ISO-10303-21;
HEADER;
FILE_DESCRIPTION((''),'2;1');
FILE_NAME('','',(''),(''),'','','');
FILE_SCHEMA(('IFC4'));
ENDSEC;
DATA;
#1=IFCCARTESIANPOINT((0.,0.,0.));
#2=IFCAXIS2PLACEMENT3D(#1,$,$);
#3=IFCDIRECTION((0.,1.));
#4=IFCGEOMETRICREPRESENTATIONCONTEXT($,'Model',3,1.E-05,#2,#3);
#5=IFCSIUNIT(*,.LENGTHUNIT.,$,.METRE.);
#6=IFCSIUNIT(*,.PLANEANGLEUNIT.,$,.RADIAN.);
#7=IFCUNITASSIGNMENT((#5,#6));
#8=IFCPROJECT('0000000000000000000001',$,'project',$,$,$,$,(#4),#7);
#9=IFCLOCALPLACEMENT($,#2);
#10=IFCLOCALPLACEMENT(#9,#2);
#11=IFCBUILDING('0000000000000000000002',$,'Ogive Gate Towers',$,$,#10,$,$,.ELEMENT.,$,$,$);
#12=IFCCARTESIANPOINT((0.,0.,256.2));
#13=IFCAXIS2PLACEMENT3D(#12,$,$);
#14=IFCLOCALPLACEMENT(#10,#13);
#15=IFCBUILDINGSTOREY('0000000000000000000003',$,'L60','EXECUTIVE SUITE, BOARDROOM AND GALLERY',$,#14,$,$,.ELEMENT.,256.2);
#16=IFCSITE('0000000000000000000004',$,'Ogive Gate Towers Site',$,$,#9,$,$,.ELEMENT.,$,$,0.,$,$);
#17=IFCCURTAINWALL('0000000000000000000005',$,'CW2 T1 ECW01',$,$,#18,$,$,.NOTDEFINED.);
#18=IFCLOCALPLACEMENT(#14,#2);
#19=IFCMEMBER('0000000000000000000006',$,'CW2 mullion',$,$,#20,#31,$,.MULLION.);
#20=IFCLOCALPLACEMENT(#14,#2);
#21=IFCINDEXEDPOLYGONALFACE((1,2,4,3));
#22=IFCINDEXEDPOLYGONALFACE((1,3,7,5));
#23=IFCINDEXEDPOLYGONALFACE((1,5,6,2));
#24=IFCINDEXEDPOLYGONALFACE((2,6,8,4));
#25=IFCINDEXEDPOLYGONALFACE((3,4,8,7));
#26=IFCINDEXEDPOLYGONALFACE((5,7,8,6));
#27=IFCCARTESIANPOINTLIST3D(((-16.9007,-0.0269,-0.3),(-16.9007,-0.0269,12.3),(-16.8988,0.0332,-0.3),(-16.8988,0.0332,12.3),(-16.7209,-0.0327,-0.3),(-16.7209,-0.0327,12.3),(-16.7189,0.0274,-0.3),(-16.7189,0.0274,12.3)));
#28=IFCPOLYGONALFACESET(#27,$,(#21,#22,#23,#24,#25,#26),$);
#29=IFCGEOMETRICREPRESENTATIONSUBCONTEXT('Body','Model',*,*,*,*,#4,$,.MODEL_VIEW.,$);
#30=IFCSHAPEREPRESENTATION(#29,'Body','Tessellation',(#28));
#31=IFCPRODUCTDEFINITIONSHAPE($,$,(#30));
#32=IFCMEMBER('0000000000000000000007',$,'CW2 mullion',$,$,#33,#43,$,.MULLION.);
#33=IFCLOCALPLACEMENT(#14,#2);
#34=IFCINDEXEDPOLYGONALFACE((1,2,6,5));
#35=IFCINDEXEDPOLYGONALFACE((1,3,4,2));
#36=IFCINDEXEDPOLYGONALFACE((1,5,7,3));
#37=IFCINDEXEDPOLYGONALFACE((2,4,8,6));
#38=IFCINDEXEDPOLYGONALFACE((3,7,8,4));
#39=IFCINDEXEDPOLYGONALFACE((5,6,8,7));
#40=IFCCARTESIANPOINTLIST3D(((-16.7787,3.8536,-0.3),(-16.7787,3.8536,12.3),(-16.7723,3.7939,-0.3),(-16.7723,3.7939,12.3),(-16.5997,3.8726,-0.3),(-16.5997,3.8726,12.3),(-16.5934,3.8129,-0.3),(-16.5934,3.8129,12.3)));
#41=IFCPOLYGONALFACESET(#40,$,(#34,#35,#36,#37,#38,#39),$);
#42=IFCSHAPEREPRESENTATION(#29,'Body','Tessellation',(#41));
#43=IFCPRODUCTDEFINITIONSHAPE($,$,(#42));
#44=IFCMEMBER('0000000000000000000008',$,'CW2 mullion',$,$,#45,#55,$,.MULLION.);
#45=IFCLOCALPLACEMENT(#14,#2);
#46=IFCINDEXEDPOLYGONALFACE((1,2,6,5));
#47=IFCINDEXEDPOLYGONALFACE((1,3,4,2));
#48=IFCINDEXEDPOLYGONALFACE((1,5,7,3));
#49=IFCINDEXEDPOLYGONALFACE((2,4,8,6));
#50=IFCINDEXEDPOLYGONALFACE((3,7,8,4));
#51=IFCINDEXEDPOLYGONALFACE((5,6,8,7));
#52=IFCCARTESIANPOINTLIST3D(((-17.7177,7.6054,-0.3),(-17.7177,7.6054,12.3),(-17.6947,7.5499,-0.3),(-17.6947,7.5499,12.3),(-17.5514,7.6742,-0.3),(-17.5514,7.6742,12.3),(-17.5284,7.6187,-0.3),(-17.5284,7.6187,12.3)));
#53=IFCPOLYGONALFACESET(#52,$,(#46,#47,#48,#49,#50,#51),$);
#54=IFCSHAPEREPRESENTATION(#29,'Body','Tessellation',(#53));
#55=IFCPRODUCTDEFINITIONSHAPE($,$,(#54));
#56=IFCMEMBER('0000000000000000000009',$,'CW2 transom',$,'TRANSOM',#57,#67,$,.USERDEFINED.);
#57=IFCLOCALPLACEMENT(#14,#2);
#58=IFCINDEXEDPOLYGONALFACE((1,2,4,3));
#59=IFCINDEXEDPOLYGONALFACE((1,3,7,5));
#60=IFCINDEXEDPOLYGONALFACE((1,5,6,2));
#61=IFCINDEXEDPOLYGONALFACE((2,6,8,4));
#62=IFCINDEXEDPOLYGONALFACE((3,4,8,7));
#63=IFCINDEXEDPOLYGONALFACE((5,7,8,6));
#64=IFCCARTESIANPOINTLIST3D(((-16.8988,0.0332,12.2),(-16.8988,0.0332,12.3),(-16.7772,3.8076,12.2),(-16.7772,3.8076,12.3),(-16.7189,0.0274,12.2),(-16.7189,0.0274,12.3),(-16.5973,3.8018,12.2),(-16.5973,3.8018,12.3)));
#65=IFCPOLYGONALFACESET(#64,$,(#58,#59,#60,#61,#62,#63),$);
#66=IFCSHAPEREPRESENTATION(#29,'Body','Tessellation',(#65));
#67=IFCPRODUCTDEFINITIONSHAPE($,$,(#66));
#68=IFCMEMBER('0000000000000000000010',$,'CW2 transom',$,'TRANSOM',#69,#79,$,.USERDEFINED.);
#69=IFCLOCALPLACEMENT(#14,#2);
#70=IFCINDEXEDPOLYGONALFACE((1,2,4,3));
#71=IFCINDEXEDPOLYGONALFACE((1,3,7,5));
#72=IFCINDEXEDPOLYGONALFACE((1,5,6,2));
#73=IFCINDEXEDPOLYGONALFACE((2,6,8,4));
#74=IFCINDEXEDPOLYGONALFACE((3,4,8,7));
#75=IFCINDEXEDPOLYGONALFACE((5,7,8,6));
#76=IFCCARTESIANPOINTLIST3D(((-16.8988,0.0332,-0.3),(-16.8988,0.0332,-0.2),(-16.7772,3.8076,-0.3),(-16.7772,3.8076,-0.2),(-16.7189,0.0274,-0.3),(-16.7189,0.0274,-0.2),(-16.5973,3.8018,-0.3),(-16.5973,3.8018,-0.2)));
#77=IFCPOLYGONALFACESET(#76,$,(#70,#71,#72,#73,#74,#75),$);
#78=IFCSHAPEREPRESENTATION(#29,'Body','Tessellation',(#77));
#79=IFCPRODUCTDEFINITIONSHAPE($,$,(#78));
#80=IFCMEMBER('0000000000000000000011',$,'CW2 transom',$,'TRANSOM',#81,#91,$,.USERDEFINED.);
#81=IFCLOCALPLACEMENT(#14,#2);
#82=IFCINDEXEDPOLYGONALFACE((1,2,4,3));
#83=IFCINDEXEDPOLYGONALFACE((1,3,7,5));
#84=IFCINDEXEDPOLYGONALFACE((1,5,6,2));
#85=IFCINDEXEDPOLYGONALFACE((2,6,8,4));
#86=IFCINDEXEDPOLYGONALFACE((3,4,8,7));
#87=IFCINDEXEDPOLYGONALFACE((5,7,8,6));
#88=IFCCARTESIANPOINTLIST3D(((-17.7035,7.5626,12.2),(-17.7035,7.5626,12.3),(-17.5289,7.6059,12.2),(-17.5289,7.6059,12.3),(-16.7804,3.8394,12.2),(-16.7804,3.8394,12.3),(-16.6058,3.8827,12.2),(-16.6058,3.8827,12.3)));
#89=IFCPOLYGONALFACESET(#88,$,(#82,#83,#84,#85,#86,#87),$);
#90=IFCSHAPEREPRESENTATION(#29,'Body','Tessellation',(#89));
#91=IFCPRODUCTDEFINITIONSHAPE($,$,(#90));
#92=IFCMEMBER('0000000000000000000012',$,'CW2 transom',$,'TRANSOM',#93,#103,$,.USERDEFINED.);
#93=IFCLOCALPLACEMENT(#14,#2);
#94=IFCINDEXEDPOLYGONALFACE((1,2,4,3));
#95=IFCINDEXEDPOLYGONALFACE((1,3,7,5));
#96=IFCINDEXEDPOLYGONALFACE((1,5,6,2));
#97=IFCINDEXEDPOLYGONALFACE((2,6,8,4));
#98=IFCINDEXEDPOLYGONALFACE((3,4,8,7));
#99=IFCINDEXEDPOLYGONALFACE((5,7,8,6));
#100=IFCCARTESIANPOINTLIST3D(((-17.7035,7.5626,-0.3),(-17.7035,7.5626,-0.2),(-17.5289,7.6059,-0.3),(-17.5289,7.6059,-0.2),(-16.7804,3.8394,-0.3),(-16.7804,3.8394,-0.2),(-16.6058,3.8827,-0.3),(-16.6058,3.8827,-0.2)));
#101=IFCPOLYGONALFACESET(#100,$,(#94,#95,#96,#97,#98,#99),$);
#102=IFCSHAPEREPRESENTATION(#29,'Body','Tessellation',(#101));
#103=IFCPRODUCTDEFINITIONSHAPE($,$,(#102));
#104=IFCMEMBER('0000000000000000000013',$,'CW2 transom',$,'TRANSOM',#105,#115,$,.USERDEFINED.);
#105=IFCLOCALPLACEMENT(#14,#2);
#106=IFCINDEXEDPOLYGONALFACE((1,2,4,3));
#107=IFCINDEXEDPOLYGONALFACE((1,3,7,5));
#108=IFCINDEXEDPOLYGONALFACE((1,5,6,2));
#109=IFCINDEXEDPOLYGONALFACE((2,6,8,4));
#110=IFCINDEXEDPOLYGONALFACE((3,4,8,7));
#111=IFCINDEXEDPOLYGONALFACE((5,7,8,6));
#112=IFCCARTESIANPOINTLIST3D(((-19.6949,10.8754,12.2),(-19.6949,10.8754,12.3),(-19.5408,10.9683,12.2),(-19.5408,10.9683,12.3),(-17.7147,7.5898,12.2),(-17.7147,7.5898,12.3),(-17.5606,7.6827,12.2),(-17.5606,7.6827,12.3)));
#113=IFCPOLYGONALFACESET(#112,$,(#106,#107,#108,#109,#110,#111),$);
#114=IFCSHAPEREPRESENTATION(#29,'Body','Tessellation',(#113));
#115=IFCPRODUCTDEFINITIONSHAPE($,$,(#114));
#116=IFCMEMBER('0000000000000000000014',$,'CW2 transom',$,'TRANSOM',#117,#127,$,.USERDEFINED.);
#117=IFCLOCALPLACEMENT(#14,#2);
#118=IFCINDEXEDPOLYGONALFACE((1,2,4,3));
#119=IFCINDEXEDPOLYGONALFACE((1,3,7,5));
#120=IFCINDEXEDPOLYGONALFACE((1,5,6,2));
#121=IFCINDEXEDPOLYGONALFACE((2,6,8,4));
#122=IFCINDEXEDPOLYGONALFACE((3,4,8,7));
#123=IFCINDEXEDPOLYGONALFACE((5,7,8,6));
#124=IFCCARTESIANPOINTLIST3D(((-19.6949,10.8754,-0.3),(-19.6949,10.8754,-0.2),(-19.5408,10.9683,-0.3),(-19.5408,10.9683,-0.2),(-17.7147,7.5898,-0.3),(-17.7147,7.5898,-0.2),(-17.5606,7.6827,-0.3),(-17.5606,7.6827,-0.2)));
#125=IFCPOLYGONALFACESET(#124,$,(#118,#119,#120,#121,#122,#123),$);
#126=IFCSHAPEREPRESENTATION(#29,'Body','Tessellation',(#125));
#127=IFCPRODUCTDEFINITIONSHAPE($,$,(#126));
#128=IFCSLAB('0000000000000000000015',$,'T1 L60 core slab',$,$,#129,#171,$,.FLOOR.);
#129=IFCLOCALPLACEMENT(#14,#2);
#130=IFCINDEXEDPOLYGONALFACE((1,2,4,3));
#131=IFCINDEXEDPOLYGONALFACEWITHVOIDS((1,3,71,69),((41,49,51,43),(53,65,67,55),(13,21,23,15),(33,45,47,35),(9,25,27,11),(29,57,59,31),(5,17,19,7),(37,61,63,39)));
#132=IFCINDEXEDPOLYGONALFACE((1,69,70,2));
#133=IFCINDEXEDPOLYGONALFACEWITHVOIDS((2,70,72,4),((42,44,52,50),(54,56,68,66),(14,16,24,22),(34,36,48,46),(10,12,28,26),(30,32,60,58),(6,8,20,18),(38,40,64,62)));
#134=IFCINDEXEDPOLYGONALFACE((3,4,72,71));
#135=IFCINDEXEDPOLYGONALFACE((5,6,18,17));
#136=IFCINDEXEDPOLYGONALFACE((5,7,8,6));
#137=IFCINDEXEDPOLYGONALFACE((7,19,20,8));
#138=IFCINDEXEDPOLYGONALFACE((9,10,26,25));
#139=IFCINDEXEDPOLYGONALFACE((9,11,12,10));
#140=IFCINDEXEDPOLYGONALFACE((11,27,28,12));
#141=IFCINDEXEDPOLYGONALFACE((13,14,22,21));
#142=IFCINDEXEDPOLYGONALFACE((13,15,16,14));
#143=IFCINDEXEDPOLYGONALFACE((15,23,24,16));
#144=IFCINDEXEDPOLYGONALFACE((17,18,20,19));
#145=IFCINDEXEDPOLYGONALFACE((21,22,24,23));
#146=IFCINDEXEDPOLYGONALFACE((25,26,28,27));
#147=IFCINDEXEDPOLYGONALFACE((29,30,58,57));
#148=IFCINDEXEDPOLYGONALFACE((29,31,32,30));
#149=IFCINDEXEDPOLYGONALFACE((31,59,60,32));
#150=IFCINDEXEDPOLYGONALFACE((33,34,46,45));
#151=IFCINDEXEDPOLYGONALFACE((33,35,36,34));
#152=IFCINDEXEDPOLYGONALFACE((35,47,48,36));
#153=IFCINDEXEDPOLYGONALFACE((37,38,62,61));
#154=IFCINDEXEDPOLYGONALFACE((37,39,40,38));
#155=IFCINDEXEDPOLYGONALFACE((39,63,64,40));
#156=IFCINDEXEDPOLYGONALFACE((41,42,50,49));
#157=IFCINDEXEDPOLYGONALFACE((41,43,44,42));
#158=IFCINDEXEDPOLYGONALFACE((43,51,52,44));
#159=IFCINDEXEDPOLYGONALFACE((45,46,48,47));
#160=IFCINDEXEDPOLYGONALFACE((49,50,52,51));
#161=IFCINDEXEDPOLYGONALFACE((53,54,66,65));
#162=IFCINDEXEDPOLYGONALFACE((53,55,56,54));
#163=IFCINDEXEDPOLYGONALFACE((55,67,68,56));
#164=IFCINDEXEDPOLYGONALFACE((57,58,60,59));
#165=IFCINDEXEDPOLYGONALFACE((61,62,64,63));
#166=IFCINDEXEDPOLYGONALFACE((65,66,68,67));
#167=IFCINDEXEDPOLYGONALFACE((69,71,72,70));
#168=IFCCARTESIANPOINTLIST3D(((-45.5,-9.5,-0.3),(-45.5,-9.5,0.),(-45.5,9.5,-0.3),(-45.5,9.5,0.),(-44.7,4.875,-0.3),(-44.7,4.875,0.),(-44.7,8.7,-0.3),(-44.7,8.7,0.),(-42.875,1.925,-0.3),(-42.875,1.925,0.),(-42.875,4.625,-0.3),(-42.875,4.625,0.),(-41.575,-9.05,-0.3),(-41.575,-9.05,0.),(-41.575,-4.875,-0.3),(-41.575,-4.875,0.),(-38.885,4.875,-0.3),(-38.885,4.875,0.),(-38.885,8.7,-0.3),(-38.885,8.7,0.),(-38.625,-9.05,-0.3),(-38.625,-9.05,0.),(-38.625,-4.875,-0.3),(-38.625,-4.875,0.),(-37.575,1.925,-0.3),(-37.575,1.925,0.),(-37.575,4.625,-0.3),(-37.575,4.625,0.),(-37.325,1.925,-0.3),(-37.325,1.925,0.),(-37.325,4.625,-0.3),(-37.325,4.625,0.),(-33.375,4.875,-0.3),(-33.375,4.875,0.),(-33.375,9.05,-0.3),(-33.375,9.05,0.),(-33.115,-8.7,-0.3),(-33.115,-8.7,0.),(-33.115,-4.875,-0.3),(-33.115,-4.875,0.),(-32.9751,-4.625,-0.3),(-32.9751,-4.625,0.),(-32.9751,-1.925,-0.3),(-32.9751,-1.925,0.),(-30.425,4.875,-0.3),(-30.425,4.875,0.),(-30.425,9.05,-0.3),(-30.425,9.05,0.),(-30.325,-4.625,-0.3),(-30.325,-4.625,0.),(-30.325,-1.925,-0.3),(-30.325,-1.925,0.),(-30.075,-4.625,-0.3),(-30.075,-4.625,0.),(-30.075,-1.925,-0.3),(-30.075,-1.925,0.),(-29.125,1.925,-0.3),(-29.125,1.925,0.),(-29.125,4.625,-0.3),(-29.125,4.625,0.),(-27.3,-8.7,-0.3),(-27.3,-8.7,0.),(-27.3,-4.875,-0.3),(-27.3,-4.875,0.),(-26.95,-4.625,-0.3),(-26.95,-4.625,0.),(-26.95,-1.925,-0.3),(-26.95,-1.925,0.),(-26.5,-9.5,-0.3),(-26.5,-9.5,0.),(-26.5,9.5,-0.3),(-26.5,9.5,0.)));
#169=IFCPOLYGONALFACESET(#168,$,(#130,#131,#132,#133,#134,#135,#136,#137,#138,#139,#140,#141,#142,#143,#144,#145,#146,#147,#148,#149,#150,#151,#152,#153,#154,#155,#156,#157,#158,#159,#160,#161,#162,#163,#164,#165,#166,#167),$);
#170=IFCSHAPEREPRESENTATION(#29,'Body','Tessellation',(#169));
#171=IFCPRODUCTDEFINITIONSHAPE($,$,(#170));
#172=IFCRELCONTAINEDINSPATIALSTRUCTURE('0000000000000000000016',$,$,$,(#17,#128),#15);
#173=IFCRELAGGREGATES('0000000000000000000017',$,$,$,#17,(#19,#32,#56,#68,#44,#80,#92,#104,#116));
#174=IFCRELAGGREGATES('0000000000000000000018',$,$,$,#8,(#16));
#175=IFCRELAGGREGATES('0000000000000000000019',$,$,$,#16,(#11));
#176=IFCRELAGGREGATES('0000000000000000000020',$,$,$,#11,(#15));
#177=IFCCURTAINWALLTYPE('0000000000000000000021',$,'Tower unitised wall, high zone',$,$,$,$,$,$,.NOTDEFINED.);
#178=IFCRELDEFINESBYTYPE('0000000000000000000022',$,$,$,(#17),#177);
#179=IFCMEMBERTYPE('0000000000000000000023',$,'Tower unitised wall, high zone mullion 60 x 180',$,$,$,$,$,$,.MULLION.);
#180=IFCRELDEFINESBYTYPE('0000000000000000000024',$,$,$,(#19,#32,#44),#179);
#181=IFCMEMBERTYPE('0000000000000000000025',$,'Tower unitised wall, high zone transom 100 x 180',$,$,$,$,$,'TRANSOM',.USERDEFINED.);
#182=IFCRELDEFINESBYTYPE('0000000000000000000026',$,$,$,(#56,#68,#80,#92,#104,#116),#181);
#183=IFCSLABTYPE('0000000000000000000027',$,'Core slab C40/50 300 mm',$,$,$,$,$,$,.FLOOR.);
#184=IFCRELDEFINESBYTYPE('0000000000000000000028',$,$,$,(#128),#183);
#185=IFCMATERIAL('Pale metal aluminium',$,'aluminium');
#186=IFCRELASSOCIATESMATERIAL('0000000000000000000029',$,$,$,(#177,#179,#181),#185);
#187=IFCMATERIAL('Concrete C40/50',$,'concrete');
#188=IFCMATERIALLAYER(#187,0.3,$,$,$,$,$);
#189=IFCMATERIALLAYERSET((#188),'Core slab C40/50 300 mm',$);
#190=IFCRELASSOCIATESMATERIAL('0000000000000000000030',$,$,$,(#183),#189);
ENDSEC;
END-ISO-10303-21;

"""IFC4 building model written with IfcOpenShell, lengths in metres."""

from ifc_helpers import new_model, si_unit, direction, frame, origin, origin_2d, place, context, subcontext, project, spatial, polyline, rectangle, outline, extrude, material, layer, layer_set, material_profile, profile_set, type_object, element, aggregate, save


model = new_model("IFC4")

# Units and contexts
model_context = context("Model", 3, precision=1e-05, world=origin(), true_north=direction((0.0, 1.0)))
body_context = subcontext(model_context, "Body", "Model", "MODEL_VIEW")
ifc_project = project(units=[si_unit("LENGTHUNIT", "METRE"), si_unit("PLANEANGLEUNIT", "RADIAN")], contexts=[model_context])

# Site, building, storey
site_placement = place(None, origin())
site = spatial("IfcSite", under=ifc_project, at=site_placement, Name="Ogive Gate Towers Site", CompositionType="ELEMENT", RefElevation=0.0)
building_placement = place(site_placement, origin())
building = spatial("IfcBuilding", under=site, at=building_placement, Name="Ogive Gate Towers", CompositionType="ELEMENT")
storey_placement = place(building_placement, frame((0.0, 0.0, 256.2)))
storey = spatial("IfcBuildingStorey", under=building, at=storey_placement, Name="L60", Description="EXECUTIVE SUITE, BOARDROOM AND GALLERY", CompositionType="ELEMENT", Elevation=256.2)

# Curtain wall, members
ifc_material_1 = material(Name="Pale metal aluminium", Category="aluminium")
curtain_wall_type = type_object("IfcCurtainWallType", Name="Tower unitised wall, high zone", PredefinedType="NOTDEFINED", material=ifc_material_1)
curtain_wall_placement = place(storey_placement, origin())
curtain_wall = element("IfcCurtainWall", 1, at=curtain_wall_placement, inside=storey, type_object=curtain_wall_type, Name="CW2 T1 ECW01", PredefinedType="NOTDEFINED")
ifc_material_profile_1 = material_profile(ifc_material_1, rectangle(XDim=0.1799, YDim=0.0601, at=origin_2d()), Name="60 x 180 aluminium box")
ifc_profile_set_1 = profile_set([ifc_material_profile_1], Name="Pale metal aluminium")
member_type_1 = type_object("IfcMemberType", Name="Tower unitised wall, high zone mullion 60 x 180", PredefinedType="MULLION", material=ifc_profile_set_1)
member_1_placement = place(storey_placement, frame((-16.8098, 0.0002, -0.3), z_axis=(0.0, 0.0, 1.0), x_axis=(0.99948, -0.032248, 0.0)))
member_1 = element("IfcMember", 2, at=member_1_placement, type_object=member_type_1, Name="CW2 mullion", PredefinedType="MULLION", context=body_context, shape_type="SweptSolid", body=[
    extrude(rectangle(XDim=0.1799, YDim=0.0601, at=origin_2d()), origin(), (0.0, 0.0, 1.0), 12.6001),
])
member_2_placement = place(storey_placement, frame((-16.686, 3.8333, -0.3), z_axis=(0.0, 0.0, 1.0), x_axis=(0.994451, 0.105205, 0.0)))
member_2 = element("IfcMember", 3, at=member_2_placement, type_object=member_type_1, Name="CW2 mullion", PredefinedType="MULLION", context=body_context, shape_type="SweptSolid", body=[
    extrude(rectangle(XDim=0.1799, YDim=0.0601, at=origin_2d()), origin(), (0.0, 0.0, 1.0), 12.6001),
])
member_3_placement = place(storey_placement, frame((-17.623, 7.6121, -0.3), z_axis=(0.0, 0.0, 1.0), x_axis=(0.92388, 0.382683, 0.0)))
member_3 = element("IfcMember", 4, at=member_3_placement, type_object=member_type_1, Name="CW2 mullion", PredefinedType="MULLION", context=body_context, shape_type="SweptSolid", body=[
    extrude(rectangle(XDim=0.1799, YDim=0.0601, at=origin_2d()), origin(), (0.0, 0.0, 1.0), 12.6001),
])
ifc_material_profile_2 = material_profile(ifc_material_1, rectangle(XDim=0.1799, YDim=0.1001, at=origin_2d()), Name="100 x 180 aluminium box")
ifc_profile_set_2 = profile_set([ifc_material_profile_2], Name="Pale metal aluminium")
member_type_2 = type_object("IfcMemberType", Name="Tower unitised wall, high zone transom 100 x 180", ElementType="TRANSOM", PredefinedType="USERDEFINED", material=ifc_profile_set_2)
member_4_placement = place(storey_placement, frame((-16.8088, 0.0303, 12.25), z_axis=(0.032195, 0.999482, 0.0), x_axis=(-0.999482, 0.032195, 0.0)))
member_4 = element("IfcMember", 5, at=member_4_placement, type_object=member_type_2, Name="CW2 transom", ObjectType="TRANSOM", PredefinedType="USERDEFINED", context=body_context, shape_type="SweptSolid", body=[
    extrude(rectangle(XDim=0.1799, YDim=0.1001, at=origin_2d()), origin(), (0.0, 0.0, 1.0), 3.7764),
])
member_5_placement = place(storey_placement, frame((-16.8088, 0.0303, -0.25), z_axis=(0.032195, 0.999482, 0.0), x_axis=(-0.999482, 0.032195, 0.0)))
member_5 = element("IfcMember", 6, at=member_5_placement, type_object=member_type_2, Name="CW2 transom", ObjectType="TRANSOM", PredefinedType="USERDEFINED", context=body_context, shape_type="SweptSolid", body=[
    extrude(rectangle(XDim=0.1799, YDim=0.1001, at=origin_2d()), origin(), (0.0, 0.0, 1.0), 3.7764),
])
member_6_placement = place(storey_placement, frame((-16.6931, 3.8611, 12.25), z_axis=(-0.240648, 0.970612, 0.0), x_axis=(-0.970612, -0.240648, 0.0)))
member_6 = element("IfcMember", 7, at=member_6_placement, type_object=member_type_2, Name="CW2 transom", ObjectType="TRANSOM", PredefinedType="USERDEFINED", context=body_context, shape_type="SweptSolid", body=[
    extrude(rectangle(XDim=0.1799, YDim=0.1001, at=origin_2d()), origin(), (0.0, 0.0, 1.0), 3.8359),
])
member_7_placement = place(storey_placement, frame((-16.6931, 3.8611, -0.25), z_axis=(-0.240648, 0.970612, 0.0), x_axis=(-0.970612, -0.240648, 0.0)))
member_7 = element("IfcMember", 8, at=member_7_placement, type_object=member_type_2, Name="CW2 transom", ObjectType="TRANSOM", PredefinedType="USERDEFINED", context=body_context, shape_type="SweptSolid", body=[
    extrude(rectangle(XDim=0.1799, YDim=0.1001, at=origin_2d()), origin(), (0.0, 0.0, 1.0), 3.8359),
])
member_8_placement = place(storey_placement, frame((-17.6377, 7.6362, 12.25), z_axis=(-0.516189, 0.856475, 0.0), x_axis=(-0.856475, -0.516189, 0.0)))
member_8 = element("IfcMember", 9, at=member_8_placement, type_object=member_type_2, Name="CW2 transom", ObjectType="TRANSOM", PredefinedType="USERDEFINED", context=body_context, shape_type="SweptSolid", body=[
    extrude(rectangle(XDim=0.1799, YDim=0.1001, at=origin_2d()), origin(), (0.0, 0.0, 1.0), 3.8362),
])
member_9_placement = place(storey_placement, frame((-17.6377, 7.6362, -0.25), z_axis=(-0.516189, 0.856475, 0.0), x_axis=(-0.856475, -0.516189, 0.0)))
member_9 = element("IfcMember", 10, at=member_9_placement, type_object=member_type_2, Name="CW2 transom", ObjectType="TRANSOM", PredefinedType="USERDEFINED", context=body_context, shape_type="SweptSolid", body=[
    extrude(rectangle(XDim=0.1799, YDim=0.1001, at=origin_2d()), origin(), (0.0, 0.0, 1.0), 3.8362),
])

# Slab
ifc_material_2 = material(Name="Concrete C40/50", Category="concrete")
ifc_layer_1 = layer(ifc_material_2, 0.3)
ifc_layer_set_1 = layer_set([ifc_layer_1], Name="Core slab C40/50 300 mm")
slab_type_1 = type_object("IfcSlabType", Name="Core slab C40/50 300 mm", PredefinedType="FLOOR", material=ifc_layer_set_1)
slab_1_placement = place(storey_placement, frame((0.0, 0.0, -0.3)))
element("IfcSlab", 11, at=slab_1_placement, inside=storey, type_object=slab_type_1, Name="T1 L60 core slab", PredefinedType="FLOOR", context=body_context, shape_type="SweptSolid", body=[
    extrude(outline(polyline([(-45.5, -9.5), (-45.5, 9.5), (-26.5, 9.5), (-26.5, -9.5), (-45.5, -9.5)]), holes=[polyline([(-42.875, 1.925), (-37.575, 1.925), (-37.575, 4.625), (-42.875, 4.625), (-42.875, 1.925)]), polyline([(-37.325, 4.625), (-37.325, 1.925), (-29.125, 1.925), (-29.125, 4.625), (-37.325, 4.625)]), polyline([(-30.325, -1.925), (-32.9751, -1.925), (-32.9751, -4.625), (-30.325, -4.625), (-30.325, -1.925)]), polyline([(-26.95, -4.625), (-26.95, -1.925), (-30.075, -1.925), (-30.075, -4.625), (-26.95, -4.625)]), polyline([(-33.375, 4.875), (-30.425, 4.875), (-30.425, 9.05), (-33.375, 9.05), (-33.375, 4.875)]), polyline([(-41.575, -4.875), (-41.575, -9.05), (-38.625, -9.05), (-38.625, -4.875), (-41.575, -4.875)]), polyline([(-44.7, 4.875), (-38.885, 4.875), (-38.885, 8.7), (-44.7, 8.7), (-44.7, 4.875)]), polyline([(-27.3, -8.7), (-27.3, -4.875), (-33.115, -4.875), (-33.115, -8.7), (-27.3, -8.7)])]), origin(), (0.0, 0.0, 1.0), 0.3),
])

aggregate(curtain_wall, [member_1, member_2, member_4, member_5, member_3, member_6, member_7, member_8, member_9])

save(model, "model.ifc")
